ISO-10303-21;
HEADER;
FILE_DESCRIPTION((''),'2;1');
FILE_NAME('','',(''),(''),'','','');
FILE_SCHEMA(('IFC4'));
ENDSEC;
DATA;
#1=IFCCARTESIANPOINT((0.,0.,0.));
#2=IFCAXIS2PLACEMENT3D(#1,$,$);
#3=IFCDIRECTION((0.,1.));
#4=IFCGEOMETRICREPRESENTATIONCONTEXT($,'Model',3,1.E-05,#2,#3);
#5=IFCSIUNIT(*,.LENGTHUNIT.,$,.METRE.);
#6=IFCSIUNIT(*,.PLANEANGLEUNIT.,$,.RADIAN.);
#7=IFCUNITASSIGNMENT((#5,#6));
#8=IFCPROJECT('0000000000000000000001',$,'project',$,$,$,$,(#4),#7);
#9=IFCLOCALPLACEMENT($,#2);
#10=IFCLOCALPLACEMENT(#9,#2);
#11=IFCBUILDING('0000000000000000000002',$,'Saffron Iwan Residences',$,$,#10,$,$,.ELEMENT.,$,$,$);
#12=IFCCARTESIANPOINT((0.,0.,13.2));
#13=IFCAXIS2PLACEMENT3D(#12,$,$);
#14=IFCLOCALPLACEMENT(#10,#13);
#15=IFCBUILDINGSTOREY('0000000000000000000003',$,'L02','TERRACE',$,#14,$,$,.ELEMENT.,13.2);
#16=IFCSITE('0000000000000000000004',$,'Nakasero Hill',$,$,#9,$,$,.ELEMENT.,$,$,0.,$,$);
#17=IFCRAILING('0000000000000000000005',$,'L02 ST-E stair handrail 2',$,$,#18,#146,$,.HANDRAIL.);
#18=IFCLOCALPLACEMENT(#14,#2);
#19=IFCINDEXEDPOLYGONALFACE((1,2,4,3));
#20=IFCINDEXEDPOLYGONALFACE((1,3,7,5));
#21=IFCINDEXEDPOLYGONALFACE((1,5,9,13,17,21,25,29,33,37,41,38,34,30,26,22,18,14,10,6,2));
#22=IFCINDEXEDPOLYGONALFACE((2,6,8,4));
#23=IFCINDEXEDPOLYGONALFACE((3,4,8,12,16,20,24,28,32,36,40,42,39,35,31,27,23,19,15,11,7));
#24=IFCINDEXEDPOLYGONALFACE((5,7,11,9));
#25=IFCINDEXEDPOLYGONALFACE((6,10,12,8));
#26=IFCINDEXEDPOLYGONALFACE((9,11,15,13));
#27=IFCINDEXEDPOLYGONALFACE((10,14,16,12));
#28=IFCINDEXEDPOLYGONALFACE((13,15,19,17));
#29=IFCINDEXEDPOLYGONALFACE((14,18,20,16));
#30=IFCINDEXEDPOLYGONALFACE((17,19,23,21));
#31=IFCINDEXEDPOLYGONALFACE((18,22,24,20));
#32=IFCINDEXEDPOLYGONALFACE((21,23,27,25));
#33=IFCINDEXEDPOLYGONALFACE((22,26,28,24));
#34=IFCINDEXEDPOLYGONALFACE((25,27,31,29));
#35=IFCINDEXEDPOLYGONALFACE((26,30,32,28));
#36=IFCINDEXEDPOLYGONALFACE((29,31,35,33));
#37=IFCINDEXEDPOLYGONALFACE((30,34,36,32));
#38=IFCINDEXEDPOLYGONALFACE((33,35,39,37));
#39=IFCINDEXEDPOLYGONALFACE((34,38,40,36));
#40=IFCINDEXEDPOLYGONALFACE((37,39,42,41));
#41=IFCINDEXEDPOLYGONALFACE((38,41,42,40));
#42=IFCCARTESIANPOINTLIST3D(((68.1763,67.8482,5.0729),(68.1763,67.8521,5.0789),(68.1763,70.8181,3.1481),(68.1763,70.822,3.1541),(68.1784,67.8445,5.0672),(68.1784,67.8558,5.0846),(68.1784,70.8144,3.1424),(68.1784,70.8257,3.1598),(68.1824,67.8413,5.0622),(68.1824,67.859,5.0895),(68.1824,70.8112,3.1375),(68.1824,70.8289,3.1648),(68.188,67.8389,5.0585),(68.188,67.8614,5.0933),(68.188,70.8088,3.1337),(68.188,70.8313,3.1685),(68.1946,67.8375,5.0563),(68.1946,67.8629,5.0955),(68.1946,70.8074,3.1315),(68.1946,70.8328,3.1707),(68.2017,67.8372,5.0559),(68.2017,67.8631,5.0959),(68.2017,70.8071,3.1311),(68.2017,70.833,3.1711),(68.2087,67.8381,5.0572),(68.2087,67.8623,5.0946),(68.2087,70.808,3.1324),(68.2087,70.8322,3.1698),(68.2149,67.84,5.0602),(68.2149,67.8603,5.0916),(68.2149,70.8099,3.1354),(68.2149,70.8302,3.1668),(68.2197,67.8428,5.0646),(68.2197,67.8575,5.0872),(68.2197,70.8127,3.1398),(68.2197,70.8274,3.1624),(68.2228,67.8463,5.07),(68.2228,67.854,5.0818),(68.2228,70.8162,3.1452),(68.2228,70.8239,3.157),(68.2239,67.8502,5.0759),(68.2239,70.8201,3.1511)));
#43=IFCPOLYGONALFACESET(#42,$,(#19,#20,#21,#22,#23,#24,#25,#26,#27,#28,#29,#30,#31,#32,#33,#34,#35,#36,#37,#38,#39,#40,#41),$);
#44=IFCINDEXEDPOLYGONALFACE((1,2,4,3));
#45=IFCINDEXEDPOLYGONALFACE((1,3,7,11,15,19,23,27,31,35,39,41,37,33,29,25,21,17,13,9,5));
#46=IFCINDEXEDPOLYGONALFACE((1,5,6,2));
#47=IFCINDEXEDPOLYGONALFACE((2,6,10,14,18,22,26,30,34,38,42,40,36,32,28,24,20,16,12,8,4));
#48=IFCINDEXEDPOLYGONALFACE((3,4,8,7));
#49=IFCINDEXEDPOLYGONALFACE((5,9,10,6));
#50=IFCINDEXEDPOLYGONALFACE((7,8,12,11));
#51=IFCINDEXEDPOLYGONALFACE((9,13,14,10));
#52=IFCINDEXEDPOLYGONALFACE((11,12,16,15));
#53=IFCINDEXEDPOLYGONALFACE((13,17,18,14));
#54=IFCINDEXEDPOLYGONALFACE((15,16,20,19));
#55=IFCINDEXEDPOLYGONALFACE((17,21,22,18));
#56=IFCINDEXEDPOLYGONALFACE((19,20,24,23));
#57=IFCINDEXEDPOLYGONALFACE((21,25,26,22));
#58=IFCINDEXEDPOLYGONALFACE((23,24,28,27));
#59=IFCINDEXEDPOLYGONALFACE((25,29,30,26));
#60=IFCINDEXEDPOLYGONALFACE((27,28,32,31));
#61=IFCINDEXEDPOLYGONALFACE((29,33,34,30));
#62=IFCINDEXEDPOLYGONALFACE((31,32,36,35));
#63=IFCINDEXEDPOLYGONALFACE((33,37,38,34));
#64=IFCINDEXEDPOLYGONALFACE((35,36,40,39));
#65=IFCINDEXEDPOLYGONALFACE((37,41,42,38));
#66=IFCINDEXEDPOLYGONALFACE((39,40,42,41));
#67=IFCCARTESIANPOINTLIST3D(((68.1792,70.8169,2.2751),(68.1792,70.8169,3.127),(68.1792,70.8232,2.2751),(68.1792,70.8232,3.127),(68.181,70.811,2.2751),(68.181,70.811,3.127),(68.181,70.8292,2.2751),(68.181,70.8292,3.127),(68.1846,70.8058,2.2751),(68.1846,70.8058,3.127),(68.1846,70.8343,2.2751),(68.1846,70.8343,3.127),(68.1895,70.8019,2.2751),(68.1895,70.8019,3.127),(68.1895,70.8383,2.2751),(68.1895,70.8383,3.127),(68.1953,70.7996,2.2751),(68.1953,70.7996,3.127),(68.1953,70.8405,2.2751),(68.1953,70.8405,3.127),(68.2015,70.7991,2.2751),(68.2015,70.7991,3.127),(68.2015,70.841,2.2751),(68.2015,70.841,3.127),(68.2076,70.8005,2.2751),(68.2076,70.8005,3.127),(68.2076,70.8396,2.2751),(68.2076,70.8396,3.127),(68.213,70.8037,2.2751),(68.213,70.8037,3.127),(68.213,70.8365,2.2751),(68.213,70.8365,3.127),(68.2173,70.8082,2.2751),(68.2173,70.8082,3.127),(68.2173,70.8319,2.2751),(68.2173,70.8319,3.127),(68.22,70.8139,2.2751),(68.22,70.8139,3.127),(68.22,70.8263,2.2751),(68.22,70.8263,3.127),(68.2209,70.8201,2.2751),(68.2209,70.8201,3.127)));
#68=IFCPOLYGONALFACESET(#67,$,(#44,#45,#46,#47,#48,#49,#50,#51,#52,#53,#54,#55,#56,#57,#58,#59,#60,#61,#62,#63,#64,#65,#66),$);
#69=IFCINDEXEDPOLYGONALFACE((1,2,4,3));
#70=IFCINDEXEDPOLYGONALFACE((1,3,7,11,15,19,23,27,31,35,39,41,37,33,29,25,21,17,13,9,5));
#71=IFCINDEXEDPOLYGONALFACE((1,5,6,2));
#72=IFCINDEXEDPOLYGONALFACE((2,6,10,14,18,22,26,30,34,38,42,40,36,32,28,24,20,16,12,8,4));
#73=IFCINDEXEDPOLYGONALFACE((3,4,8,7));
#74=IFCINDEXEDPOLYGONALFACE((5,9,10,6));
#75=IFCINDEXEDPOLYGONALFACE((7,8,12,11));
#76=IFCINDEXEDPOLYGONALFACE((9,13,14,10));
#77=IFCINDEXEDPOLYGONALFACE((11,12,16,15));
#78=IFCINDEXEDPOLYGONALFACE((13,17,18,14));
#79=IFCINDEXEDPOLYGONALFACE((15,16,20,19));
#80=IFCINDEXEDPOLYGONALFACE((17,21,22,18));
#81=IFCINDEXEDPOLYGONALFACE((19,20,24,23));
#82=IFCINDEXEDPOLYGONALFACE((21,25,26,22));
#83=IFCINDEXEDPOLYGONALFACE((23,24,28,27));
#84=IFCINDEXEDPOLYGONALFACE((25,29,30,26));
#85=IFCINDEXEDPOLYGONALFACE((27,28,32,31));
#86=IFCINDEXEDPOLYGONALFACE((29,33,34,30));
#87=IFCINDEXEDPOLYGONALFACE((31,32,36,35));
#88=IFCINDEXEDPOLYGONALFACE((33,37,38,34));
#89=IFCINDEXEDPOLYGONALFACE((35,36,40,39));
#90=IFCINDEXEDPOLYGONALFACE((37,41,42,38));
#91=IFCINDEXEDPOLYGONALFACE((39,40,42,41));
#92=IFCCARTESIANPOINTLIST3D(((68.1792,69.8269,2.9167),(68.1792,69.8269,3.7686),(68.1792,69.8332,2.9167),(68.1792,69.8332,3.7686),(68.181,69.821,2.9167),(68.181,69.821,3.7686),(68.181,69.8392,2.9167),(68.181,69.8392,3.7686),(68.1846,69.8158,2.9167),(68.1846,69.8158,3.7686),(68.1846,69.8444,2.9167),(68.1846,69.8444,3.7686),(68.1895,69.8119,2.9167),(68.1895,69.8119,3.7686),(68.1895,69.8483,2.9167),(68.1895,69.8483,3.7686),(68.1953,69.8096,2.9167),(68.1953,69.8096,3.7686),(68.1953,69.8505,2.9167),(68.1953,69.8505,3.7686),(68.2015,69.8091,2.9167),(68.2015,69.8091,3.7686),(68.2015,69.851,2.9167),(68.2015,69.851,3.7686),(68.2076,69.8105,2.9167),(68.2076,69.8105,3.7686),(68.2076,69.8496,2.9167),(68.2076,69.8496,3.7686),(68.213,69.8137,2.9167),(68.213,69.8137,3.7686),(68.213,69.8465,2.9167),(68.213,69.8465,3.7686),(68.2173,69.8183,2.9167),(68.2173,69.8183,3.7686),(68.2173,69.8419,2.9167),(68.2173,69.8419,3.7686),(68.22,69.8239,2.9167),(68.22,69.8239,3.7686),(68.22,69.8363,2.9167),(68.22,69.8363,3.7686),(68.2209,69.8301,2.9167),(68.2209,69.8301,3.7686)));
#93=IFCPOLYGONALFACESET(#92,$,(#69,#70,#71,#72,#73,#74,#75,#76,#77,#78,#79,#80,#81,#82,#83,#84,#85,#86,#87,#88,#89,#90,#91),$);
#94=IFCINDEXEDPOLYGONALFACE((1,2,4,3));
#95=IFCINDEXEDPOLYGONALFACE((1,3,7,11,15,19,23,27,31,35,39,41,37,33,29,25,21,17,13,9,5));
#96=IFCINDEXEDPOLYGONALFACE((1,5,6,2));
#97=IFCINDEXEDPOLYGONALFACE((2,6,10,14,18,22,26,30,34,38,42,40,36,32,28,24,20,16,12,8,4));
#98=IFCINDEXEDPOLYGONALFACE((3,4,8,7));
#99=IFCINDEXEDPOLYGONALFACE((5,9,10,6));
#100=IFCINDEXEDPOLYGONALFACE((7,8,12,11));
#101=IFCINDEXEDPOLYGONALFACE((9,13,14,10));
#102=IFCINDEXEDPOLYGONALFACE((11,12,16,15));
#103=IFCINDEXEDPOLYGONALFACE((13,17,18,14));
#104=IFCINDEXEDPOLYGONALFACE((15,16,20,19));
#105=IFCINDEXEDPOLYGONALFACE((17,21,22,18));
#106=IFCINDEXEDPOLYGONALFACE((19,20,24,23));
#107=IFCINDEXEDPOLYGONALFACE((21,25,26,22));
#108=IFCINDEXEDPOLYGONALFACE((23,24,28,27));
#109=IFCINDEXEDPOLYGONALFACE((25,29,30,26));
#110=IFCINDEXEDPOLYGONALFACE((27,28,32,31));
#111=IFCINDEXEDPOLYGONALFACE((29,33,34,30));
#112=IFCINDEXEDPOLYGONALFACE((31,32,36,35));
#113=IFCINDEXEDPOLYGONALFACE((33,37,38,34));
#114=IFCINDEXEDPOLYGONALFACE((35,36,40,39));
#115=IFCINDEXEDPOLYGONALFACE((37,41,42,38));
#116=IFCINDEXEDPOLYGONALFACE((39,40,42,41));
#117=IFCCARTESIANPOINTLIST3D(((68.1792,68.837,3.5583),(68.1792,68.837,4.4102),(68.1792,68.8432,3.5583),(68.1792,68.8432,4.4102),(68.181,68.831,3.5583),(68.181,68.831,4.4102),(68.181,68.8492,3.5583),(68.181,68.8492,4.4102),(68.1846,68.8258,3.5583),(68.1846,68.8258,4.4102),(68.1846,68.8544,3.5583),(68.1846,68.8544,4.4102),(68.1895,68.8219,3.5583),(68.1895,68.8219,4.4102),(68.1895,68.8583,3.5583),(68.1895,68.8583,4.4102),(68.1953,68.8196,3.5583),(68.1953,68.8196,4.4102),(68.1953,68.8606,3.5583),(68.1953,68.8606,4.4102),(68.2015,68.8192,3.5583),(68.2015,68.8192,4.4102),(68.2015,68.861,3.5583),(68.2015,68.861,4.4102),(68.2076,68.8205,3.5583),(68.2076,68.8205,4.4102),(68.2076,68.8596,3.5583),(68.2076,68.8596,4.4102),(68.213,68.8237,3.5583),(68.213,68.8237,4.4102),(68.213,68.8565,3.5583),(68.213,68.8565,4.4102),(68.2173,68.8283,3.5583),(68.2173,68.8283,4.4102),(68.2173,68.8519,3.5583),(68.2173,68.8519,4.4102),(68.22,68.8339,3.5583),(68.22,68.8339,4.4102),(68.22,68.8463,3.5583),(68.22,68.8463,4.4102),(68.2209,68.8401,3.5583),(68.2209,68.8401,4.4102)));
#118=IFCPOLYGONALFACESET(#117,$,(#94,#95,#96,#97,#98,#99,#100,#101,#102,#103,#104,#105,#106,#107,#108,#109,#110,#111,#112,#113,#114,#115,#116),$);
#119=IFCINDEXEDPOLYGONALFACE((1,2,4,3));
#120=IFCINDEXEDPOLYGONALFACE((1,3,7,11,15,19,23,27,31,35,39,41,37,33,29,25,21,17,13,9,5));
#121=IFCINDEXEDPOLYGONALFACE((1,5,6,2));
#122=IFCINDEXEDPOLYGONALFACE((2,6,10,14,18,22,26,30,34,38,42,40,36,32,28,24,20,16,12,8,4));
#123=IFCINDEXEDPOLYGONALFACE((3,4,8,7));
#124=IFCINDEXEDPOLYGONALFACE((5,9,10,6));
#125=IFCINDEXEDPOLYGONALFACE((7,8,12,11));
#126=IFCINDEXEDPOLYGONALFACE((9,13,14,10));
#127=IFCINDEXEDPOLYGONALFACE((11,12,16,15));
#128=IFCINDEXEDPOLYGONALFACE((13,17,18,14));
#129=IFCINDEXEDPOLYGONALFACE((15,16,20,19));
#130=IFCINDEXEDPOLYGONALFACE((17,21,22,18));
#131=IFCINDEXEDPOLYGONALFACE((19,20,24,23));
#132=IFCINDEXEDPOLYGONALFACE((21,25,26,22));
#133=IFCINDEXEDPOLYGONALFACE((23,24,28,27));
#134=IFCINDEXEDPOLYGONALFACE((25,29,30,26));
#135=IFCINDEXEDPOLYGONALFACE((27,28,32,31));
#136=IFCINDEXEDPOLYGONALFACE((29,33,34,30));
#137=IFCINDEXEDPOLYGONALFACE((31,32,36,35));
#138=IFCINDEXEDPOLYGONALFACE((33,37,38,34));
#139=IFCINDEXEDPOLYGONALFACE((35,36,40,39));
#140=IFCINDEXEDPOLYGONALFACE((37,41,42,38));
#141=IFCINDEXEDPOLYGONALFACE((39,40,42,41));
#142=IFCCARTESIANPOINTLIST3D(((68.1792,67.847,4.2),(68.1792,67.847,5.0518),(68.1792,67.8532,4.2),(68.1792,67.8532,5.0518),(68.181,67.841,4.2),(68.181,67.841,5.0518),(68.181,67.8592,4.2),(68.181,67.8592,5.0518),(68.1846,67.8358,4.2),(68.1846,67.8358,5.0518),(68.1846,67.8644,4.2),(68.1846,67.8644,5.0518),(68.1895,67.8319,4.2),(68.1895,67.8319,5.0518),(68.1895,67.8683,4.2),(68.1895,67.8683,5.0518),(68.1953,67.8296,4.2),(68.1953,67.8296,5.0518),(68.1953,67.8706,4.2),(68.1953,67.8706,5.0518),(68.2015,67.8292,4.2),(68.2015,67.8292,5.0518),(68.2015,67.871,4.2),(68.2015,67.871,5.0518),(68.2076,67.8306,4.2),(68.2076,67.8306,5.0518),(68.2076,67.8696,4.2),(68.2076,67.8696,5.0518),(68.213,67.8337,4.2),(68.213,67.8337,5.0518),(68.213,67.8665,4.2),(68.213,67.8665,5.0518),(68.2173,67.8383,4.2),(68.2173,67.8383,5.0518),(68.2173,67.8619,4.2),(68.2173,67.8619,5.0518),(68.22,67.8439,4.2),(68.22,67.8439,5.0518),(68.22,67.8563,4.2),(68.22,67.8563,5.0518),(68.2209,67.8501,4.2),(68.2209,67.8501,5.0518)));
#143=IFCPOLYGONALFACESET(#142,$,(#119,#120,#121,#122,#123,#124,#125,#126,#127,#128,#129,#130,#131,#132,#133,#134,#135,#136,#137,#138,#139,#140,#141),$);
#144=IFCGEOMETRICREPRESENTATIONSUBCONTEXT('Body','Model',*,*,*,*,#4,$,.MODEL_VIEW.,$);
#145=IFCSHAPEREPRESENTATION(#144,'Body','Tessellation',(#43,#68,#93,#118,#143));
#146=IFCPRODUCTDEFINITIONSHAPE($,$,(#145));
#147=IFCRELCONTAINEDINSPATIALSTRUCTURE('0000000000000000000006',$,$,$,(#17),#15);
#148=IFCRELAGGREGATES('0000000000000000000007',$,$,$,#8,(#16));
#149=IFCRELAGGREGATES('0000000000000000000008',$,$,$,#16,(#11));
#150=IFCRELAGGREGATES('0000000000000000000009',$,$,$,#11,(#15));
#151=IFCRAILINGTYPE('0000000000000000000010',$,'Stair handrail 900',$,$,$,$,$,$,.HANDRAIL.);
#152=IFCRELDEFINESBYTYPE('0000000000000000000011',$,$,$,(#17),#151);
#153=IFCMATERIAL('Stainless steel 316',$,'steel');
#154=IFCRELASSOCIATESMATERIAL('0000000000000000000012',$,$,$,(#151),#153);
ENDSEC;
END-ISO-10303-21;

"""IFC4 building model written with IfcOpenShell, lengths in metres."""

from ifc_helpers import new_model, si_unit, direction, frame, origin, origin_2d, place, context, subcontext, project, spatial, circle, extrude, material, type_object, element, save


model = new_model("IFC4")

# Units and contexts
model_context = context("Model", 3, precision=1e-05, world=origin(), true_north=direction((0.0, 1.0)))
body_context = subcontext(model_context, "Body", "Model", "MODEL_VIEW")
ifc_project = project(units=[si_unit("LENGTHUNIT", "METRE"), si_unit("PLANEANGLEUNIT", "RADIAN")], contexts=[model_context])

# Site, building, storey
site_placement = place(None, origin())
site = spatial("IfcSite", under=ifc_project, at=site_placement, Name="Nakasero Hill", CompositionType="ELEMENT", RefElevation=0.0)
building_placement = place(site_placement, origin())
building = spatial("IfcBuilding", under=site, at=building_placement, Name="Saffron Iwan Residences", CompositionType="ELEMENT")
storey_placement = place(building_placement, frame((0.0, 0.0, 13.2)))
storey = spatial("IfcBuildingStorey", under=building, at=storey_placement, Name="L02", Description="TERRACE", CompositionType="ELEMENT", Elevation=13.2)

# Railing
ifc_material_1 = material(Name="Stainless steel 316", Category="steel")
railing_type_1 = type_object("IfcRailingType", Name="Stair handrail 900", PredefinedType="HANDRAIL", material=ifc_material_1)
railing_1_placement = place(storey_placement, frame((68.2, 70.8201, 2.2751)))
element("IfcRailing", 1, at=railing_1_placement, inside=storey, type_object=railing_type_1, Name="L02 ST-E stair handrail 2", PredefinedType="HANDRAIL", context=body_context, shape_type="SweptSolid", body=[
    extrude(circle(Radius=0.0239, at=origin_2d()), frame((0.0, 0.0, 0.876), z_axis=(0.0, -0.839176, 0.54386), x_axis=(1.0, 0.0, 0.0)), (0.0, 0.0, 1.0), 3.5391),
    extrude(circle(Radius=0.021, at=origin_2d()), origin(), (0.0, 0.0, 1.0), 0.8518),
    extrude(circle(Radius=0.021, at=origin_2d()), frame((0.0, -0.99, 0.6416)), (0.0, 0.0, 1.0), 0.8518),
    extrude(circle(Radius=0.021, at=origin_2d()), frame((0.0, -1.98, 1.2832)), (0.0, 0.0, 1.0), 0.8518),
    extrude(circle(Radius=0.021, at=origin_2d()), frame((0.0, -2.97, 1.9248)), (0.0, 0.0, 1.0), 0.8518),
])

save(model, "model.ifc")
